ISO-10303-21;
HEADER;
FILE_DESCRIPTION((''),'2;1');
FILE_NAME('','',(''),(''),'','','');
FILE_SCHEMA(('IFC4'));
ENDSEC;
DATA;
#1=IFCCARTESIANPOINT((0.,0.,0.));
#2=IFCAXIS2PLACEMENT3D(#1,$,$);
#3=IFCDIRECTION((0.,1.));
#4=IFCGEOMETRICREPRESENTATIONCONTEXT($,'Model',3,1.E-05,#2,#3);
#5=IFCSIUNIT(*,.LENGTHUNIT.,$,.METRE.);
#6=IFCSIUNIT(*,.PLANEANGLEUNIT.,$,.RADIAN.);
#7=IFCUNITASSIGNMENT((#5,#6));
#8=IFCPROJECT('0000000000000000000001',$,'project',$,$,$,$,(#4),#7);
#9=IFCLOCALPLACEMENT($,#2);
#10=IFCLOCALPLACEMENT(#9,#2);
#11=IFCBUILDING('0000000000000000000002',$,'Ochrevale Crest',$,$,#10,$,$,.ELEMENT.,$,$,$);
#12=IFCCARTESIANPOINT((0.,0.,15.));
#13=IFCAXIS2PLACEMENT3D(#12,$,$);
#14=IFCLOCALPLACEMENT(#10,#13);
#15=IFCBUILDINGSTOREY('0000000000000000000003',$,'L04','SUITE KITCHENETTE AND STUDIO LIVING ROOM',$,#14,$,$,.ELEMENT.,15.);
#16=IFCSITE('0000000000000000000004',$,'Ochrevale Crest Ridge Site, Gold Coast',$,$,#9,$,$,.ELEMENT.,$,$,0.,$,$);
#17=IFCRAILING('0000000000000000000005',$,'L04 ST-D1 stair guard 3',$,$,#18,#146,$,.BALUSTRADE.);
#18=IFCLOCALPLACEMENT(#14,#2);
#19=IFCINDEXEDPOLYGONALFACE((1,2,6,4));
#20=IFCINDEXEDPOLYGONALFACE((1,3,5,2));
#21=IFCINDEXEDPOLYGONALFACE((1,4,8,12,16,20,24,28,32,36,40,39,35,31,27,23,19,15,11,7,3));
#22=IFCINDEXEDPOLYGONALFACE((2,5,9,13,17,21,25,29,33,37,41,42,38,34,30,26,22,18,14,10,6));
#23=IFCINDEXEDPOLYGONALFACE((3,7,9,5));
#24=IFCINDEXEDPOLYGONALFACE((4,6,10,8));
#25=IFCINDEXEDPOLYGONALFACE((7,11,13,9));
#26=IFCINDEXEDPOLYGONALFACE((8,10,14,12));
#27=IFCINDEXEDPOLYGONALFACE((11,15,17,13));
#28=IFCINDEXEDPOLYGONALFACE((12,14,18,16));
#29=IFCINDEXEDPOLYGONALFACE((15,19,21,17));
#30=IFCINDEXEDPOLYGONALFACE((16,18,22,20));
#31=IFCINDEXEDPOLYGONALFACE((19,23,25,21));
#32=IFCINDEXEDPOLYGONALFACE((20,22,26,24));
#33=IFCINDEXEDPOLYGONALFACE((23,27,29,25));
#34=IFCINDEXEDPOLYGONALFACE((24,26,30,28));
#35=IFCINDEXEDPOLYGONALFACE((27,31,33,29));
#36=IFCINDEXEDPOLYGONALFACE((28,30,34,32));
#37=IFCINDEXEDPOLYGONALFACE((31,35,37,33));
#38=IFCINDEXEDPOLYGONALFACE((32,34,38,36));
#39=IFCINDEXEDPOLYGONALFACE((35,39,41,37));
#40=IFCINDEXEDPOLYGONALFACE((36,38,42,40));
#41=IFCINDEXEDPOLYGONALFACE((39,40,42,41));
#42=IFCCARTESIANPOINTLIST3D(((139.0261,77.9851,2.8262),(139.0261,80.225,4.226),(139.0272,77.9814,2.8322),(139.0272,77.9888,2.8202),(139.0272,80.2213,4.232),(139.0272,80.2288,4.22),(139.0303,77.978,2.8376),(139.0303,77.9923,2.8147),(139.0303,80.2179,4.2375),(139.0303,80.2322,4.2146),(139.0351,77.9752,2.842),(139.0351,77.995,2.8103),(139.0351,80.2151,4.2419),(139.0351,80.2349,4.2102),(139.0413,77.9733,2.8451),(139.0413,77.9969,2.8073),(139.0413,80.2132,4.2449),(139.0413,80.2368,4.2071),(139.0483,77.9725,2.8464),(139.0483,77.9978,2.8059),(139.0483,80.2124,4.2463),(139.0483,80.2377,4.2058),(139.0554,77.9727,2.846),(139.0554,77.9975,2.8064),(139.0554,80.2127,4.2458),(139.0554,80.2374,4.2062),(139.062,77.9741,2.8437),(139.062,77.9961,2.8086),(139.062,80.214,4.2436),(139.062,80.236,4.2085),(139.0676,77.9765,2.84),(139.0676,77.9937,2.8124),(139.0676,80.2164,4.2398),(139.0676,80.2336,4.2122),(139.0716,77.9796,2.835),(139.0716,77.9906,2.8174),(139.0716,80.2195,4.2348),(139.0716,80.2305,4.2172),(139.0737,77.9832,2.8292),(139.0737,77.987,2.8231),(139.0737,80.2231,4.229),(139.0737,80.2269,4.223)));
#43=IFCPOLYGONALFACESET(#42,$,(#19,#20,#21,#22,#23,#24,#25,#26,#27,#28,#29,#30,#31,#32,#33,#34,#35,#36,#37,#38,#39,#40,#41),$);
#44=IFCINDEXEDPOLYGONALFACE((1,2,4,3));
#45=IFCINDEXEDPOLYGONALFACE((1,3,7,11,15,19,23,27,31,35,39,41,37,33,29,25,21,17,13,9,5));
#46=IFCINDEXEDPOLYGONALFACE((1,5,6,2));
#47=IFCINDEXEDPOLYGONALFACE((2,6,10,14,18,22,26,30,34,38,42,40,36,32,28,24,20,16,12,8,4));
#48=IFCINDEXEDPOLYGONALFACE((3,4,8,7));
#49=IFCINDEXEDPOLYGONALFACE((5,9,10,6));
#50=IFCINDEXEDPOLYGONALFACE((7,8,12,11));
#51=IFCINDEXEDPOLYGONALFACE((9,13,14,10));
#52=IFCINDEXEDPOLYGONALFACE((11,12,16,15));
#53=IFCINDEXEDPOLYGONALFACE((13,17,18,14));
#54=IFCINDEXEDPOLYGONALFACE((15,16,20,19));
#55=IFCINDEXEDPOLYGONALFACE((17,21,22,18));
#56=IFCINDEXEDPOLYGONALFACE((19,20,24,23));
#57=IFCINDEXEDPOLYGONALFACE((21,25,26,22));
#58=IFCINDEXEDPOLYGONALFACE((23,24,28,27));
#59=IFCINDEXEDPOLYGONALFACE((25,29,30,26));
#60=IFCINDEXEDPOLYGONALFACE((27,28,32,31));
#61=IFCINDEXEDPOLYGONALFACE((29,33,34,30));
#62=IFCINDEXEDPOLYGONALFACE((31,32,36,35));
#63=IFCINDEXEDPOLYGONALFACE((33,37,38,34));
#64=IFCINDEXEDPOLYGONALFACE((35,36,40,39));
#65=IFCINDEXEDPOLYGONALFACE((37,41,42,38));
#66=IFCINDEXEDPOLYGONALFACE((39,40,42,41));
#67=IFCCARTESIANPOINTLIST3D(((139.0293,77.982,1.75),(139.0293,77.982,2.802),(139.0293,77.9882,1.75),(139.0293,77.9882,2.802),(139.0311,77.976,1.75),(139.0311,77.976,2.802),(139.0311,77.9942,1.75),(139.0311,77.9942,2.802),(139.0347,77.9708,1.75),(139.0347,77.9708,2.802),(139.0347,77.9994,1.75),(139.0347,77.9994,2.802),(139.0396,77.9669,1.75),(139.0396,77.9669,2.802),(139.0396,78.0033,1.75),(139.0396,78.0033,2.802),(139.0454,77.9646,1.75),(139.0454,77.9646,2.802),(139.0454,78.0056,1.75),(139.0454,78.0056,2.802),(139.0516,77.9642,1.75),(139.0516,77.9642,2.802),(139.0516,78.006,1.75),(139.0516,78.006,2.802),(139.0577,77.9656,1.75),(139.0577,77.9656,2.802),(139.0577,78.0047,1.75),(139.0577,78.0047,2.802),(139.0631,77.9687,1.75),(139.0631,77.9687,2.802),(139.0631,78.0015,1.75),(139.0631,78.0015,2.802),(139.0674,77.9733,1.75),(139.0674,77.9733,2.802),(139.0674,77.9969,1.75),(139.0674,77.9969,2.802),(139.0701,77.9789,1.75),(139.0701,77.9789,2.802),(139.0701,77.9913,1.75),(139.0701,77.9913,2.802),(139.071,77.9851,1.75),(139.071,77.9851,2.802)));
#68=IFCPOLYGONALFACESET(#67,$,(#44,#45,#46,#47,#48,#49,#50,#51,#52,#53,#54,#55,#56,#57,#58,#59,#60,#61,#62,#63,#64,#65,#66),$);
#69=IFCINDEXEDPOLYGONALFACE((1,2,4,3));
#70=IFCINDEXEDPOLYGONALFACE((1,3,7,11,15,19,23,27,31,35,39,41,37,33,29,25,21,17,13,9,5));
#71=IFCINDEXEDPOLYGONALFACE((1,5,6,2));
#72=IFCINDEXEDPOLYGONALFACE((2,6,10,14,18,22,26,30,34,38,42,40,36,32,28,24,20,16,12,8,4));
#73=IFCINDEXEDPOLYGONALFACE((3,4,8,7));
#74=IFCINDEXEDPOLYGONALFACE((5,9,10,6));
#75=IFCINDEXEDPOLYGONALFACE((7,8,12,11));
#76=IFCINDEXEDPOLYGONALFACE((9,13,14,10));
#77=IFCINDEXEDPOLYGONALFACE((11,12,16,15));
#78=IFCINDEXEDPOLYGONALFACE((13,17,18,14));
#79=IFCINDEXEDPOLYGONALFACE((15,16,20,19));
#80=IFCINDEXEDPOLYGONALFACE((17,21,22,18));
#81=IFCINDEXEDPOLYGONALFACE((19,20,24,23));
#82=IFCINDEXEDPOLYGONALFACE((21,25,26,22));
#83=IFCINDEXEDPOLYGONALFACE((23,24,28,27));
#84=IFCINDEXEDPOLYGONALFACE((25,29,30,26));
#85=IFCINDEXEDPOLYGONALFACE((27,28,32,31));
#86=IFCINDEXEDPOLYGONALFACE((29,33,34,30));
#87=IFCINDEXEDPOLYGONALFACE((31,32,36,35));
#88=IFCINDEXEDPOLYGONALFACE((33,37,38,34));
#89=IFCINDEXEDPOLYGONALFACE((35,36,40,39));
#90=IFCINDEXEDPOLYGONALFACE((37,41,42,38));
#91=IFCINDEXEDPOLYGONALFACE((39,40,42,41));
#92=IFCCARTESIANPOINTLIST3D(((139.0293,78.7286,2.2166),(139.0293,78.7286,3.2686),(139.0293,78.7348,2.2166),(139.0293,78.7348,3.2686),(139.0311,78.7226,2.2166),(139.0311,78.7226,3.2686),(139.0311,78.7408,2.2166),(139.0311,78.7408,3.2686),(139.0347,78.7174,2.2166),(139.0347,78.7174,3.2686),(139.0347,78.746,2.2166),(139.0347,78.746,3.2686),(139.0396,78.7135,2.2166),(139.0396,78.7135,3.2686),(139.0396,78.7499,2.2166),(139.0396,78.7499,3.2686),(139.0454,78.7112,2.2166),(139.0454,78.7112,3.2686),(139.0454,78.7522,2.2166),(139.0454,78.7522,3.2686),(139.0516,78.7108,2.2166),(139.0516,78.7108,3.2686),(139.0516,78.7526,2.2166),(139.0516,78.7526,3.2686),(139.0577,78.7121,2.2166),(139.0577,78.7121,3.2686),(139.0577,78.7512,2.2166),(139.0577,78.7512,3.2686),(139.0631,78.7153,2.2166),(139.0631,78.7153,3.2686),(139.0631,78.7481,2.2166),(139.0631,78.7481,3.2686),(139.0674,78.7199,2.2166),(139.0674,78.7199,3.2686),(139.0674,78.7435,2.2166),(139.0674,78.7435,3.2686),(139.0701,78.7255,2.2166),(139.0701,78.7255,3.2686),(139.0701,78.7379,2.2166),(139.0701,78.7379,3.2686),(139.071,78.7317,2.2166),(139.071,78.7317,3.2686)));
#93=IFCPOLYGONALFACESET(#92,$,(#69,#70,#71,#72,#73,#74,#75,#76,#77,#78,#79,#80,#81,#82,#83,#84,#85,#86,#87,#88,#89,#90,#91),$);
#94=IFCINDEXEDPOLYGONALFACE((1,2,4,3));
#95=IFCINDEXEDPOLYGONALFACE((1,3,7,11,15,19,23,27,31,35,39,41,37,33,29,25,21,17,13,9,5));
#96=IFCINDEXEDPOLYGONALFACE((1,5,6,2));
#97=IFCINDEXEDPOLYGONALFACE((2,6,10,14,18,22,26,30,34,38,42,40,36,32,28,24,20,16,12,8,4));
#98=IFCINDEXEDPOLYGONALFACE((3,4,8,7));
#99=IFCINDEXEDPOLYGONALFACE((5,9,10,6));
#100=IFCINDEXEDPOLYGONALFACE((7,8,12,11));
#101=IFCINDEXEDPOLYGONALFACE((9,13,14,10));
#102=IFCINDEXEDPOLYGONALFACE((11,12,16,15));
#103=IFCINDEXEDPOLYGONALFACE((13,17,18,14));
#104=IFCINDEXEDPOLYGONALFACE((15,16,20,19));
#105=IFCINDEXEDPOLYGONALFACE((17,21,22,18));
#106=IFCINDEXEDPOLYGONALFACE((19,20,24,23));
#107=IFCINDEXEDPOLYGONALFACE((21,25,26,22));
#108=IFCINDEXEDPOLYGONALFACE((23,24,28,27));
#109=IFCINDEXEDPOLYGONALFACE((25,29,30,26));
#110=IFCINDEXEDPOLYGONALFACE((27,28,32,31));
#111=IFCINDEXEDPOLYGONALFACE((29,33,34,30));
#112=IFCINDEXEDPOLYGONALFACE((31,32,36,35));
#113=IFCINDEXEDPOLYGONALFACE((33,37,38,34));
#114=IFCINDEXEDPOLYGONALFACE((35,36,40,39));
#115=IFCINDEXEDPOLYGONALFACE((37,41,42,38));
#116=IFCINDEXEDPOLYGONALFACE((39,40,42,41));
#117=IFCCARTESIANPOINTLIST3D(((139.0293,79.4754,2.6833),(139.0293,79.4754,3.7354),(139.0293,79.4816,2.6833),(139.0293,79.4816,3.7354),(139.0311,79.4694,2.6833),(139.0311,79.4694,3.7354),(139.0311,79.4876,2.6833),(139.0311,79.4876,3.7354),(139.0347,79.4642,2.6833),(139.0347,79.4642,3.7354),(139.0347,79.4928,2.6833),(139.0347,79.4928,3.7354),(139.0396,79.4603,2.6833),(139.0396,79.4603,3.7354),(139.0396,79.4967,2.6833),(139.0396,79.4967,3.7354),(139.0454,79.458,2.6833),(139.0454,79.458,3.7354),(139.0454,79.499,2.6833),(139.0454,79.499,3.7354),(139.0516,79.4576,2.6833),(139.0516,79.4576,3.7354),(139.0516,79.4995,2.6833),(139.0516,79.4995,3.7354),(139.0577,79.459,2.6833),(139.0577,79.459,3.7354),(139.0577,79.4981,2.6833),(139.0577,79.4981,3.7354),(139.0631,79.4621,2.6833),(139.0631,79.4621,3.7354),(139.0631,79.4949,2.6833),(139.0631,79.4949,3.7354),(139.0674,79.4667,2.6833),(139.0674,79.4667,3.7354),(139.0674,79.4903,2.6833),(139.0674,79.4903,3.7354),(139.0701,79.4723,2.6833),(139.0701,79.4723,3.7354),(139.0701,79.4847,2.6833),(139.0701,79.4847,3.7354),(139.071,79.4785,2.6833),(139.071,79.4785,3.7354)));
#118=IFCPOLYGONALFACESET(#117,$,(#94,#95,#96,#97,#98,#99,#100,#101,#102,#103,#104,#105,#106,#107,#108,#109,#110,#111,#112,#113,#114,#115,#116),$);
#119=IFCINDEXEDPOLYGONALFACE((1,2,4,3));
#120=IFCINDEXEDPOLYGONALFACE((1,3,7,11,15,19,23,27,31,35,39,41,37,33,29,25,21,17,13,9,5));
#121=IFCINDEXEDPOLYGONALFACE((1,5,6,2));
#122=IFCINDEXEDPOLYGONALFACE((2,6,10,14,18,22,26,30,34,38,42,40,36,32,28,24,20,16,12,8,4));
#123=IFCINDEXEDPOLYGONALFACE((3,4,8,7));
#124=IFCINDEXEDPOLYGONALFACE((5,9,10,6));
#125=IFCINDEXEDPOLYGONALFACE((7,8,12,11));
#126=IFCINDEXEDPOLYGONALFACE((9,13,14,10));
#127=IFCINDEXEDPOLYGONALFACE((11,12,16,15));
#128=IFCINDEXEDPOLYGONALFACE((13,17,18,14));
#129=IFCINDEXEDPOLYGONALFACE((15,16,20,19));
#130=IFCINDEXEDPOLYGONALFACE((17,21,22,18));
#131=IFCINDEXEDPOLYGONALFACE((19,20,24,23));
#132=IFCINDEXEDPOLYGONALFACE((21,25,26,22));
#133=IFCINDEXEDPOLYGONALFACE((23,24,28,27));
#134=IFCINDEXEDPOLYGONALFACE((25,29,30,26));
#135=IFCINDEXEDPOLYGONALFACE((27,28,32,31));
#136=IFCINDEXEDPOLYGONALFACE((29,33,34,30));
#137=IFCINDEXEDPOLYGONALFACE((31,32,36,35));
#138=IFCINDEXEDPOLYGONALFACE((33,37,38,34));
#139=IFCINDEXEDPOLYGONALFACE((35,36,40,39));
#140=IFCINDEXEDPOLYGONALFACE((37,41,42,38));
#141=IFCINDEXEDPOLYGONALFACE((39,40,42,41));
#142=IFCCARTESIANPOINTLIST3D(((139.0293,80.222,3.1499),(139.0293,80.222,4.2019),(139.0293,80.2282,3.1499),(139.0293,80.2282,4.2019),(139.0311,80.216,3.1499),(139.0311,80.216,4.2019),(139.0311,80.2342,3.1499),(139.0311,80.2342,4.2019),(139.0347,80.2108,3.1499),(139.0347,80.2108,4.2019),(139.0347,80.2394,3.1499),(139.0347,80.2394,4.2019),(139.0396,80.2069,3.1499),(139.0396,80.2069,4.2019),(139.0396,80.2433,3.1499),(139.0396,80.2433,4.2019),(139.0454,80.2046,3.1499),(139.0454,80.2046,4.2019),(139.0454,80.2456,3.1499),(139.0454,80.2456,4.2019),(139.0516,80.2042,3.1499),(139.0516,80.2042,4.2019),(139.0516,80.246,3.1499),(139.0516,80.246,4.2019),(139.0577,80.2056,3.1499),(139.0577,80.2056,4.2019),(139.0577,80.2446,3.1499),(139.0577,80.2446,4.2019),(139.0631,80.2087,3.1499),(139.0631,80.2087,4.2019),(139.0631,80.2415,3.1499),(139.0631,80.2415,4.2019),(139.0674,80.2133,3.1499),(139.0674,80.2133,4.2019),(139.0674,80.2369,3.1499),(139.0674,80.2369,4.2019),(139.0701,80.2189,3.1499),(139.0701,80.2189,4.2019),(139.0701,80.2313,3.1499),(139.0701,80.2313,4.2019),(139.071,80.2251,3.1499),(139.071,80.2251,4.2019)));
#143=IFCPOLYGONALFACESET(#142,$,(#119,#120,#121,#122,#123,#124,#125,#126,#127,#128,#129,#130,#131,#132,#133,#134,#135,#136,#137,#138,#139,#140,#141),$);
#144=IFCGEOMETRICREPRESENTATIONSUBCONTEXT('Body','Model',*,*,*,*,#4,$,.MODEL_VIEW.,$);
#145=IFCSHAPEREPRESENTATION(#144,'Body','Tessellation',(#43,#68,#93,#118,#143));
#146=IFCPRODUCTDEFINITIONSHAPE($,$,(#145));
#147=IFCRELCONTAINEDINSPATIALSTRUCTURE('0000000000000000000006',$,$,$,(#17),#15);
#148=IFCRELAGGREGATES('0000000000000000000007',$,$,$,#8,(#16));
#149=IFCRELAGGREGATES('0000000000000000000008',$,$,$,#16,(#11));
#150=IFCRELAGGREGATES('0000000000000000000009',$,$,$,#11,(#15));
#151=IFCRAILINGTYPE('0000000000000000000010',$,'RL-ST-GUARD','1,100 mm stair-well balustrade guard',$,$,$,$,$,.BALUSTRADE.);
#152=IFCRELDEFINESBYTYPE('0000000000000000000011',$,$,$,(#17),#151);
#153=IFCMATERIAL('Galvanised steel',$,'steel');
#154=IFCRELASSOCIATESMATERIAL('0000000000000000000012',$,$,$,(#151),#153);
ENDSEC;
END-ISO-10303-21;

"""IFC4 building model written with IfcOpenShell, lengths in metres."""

from ifc_helpers import new_model, si_unit, direction, frame, origin, origin_2d, place, context, subcontext, project, spatial, circle, extrude, material, type_object, element, save


model = new_model("IFC4")

# Units and contexts
model_context = context("Model", 3, precision=1e-05, world=origin(), true_north=direction((0.0, 1.0)))
body_context = subcontext(model_context, "Body", "Model", "MODEL_VIEW")
ifc_project = project(units=[si_unit("LENGTHUNIT", "METRE"), si_unit("PLANEANGLEUNIT", "RADIAN")], contexts=[model_context])

# Site, building, storey
site_placement = place(None, origin())
site = spatial("IfcSite", under=ifc_project, at=site_placement, Name="Ochrevale Crest Ridge Site, Gold Coast", CompositionType="ELEMENT", RefElevation=0.0)
building_placement = place(site_placement, origin())
building = spatial("IfcBuilding", under=site, at=building_placement, Name="Ochrevale Crest", CompositionType="ELEMENT")
storey_placement = place(building_placement, frame((0.0, 0.0, 15.0)))
storey = spatial("IfcBuildingStorey", under=building, at=storey_placement, Name="L04", Description="SUITE KITCHENETTE AND STUDIO LIVING ROOM", CompositionType="ELEMENT", Elevation=15.0)

# Railing
ifc_material_1 = material(Name="Galvanised steel", Category="steel")
railing_type_1 = type_object("IfcRailingType", Name="RL-ST-GUARD", Description="1,100 mm stair-well balustrade guard", PredefinedType="BALUSTRADE", material=ifc_material_1)
railing_1_placement = place(storey_placement, frame((139.05, 77.9851, 1.75)))
element("IfcRailing", 1, at=railing_1_placement, inside=storey, type_object=railing_type_1, Name="L04 ST-D1 stair guard 3", PredefinedType="BALUSTRADE", context=body_context, shape_type="SweptSolid", body=[
    extrude(circle(Radius=0.0239, at=origin_2d()), frame((0.0, 0.0, 1.0762), z_axis=(0.0, 0.848014, 0.529974), x_axis=(-1.0, 0.0, 0.0)), (0.0, 0.0, 1.0), 2.6414),
    extrude(circle(Radius=0.021, at=origin_2d()), origin(), (0.0, 0.0, 1.0), 1.052),
    extrude(circle(Radius=0.021, at=origin_2d()), frame((0.0, 0.7466, 0.4666)), (0.0, 0.0, 1.0), 1.052),
    extrude(circle(Radius=0.021, at=origin_2d()), frame((0.0, 1.4934, 0.9333)), (0.0, 0.0, 1.0), 1.052),
    extrude(circle(Radius=0.021, at=origin_2d()), frame((0.0, 2.24, 1.3999)), (0.0, 0.0, 1.0), 1.052),
])

save(model, "model.ifc")
